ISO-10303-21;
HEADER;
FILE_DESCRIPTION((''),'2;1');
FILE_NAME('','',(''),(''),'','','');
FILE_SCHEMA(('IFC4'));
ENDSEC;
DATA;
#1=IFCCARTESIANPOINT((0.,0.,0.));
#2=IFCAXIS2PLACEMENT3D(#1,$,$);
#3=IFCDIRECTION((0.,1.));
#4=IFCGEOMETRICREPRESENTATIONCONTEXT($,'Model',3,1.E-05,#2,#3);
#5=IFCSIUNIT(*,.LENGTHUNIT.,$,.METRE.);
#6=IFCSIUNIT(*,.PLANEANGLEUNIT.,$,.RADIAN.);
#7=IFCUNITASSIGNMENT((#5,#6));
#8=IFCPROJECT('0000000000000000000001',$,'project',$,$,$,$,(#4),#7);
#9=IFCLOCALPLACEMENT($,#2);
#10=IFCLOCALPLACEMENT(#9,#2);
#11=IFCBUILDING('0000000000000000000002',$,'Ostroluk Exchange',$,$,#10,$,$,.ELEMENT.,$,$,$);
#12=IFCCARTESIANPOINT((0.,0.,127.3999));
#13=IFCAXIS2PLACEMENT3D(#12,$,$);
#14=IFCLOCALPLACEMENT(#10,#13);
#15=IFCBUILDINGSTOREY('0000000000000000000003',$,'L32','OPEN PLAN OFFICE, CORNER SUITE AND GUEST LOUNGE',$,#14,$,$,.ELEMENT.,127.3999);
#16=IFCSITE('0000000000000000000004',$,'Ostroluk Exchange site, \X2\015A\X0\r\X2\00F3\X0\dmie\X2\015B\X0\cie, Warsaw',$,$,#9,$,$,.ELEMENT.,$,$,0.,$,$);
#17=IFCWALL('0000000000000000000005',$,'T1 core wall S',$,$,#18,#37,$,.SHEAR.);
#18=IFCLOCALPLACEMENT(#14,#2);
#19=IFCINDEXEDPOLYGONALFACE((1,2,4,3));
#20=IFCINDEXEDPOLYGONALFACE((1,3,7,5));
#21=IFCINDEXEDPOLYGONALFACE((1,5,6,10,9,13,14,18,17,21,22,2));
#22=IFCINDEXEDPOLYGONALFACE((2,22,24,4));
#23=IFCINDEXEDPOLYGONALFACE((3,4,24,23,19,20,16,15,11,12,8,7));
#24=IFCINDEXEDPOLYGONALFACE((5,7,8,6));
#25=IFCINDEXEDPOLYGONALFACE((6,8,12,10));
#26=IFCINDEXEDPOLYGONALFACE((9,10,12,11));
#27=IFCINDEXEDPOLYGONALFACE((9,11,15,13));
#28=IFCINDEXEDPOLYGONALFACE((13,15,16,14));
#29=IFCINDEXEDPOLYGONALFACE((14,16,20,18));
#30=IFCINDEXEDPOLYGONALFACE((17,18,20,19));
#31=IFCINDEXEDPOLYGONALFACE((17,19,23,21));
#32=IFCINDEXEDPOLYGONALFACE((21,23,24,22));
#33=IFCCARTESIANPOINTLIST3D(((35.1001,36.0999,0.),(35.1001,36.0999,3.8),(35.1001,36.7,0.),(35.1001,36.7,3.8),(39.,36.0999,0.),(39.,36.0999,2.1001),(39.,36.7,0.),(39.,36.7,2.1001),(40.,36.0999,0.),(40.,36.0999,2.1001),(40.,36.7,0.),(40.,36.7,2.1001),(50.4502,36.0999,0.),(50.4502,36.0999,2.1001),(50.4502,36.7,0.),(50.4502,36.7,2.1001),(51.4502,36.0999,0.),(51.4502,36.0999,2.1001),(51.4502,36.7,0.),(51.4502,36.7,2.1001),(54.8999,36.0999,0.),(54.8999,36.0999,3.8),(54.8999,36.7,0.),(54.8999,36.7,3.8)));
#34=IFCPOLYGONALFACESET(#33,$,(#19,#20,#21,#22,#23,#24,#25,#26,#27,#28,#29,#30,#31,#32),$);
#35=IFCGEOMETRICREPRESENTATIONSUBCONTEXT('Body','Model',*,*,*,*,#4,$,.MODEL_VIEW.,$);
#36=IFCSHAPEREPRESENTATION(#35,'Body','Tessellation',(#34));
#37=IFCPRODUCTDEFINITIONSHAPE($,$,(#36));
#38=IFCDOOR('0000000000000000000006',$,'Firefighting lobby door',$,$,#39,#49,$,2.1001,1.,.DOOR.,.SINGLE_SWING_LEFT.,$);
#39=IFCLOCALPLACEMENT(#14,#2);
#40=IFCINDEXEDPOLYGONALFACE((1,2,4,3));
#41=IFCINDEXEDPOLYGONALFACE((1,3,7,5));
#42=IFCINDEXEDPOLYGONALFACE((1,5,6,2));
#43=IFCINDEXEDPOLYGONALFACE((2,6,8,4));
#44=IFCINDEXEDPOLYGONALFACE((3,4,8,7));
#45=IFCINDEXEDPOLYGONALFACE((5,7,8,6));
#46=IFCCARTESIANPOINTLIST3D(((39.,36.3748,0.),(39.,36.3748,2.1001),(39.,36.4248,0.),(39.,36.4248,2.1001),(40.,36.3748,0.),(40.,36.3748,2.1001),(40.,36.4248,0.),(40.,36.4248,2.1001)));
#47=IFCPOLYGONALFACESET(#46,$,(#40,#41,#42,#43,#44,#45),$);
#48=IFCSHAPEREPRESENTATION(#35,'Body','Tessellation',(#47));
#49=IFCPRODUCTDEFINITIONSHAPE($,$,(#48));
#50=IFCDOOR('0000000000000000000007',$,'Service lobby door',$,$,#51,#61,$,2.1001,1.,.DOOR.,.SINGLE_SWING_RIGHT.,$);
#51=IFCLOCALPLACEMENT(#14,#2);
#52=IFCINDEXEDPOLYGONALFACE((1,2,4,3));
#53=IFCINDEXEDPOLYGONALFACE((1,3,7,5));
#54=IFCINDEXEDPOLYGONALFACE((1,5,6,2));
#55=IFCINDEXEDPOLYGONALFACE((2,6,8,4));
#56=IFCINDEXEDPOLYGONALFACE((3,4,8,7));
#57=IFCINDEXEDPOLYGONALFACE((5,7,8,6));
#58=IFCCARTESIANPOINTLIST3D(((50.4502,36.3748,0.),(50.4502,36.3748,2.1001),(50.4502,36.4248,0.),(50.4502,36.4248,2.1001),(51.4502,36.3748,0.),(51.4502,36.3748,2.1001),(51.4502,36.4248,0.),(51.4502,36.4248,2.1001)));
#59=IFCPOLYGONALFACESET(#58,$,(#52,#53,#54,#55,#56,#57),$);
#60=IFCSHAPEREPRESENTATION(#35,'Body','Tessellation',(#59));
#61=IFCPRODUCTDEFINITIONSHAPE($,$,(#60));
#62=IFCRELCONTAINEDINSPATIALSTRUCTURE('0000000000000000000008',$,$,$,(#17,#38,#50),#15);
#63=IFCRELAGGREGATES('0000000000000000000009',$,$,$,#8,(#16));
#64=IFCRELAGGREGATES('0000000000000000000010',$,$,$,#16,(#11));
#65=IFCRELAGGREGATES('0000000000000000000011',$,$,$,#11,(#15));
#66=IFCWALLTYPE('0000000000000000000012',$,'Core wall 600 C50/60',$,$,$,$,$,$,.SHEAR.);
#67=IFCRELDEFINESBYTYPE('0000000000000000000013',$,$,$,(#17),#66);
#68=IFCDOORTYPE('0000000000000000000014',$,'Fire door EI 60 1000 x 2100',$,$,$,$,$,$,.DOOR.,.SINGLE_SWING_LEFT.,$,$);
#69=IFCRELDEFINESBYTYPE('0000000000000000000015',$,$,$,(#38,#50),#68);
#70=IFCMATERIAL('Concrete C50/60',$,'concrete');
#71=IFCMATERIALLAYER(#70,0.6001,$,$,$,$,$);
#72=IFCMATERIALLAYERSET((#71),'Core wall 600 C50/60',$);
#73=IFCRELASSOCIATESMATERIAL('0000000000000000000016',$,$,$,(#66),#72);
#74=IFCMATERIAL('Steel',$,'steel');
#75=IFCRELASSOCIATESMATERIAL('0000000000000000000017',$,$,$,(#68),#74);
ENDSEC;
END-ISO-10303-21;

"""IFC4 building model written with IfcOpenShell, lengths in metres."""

from ifc_helpers import new_model, si_unit, direction, frame, frame_2d, origin, place, context, subcontext, project, spatial, rectangle, extrude, material, layer, layer_set, type_object, element, fill, save


model = new_model("IFC4")

# Units and contexts
model_context = context("Model", 3, precision=1e-05, world=origin(), true_north=direction((0.0, 1.0)))
body_context = subcontext(model_context, "Body", "Model", "MODEL_VIEW")
ifc_project = project(units=[si_unit("LENGTHUNIT", "METRE"), si_unit("PLANEANGLEUNIT", "RADIAN")], contexts=[model_context])

# Site, building, storey
site_placement = place(None, origin())
site = spatial("IfcSite", under=ifc_project, at=site_placement, Name="Ostroluk Exchange site, Śródmieście, Warsaw", CompositionType="ELEMENT", RefElevation=0.0)
building_placement = place(site_placement, origin())
building = spatial("IfcBuilding", under=site, at=building_placement, Name="Ostroluk Exchange", CompositionType="ELEMENT")
storey_placement = place(building_placement, frame((0.0, 0.0, 127.3999)))
storey = spatial("IfcBuildingStorey", under=building, at=storey_placement, Name="L32", Description="OPEN PLAN OFFICE, CORNER SUITE AND GUEST LOUNGE", CompositionType="ELEMENT", Elevation=127.3999)

# Wall, openings, doors
ifc_material_1 = material(Name="Concrete C50/60", Category="concrete")
ifc_layer_1 = layer(ifc_material_1, 0.6001)
ifc_layer_set_1 = layer_set([ifc_layer_1], Name="Core wall 600 C50/60")
wall_type_1 = type_object("IfcWallType", Name="Core wall 600 C50/60", PredefinedType="SHEAR", material=ifc_layer_set_1)
wall_1_placement = place(storey_placement, frame((35.1001, 36.3999, 0.0), z_axis=(0.0, 0.0, 1.0), x_axis=(1.0, 0.0, 0.0)))
wall_1 = element("IfcWall", 1, at=wall_1_placement, inside=storey, type_object=wall_type_1, Name="T1 core wall S", PredefinedType="SHEAR", context=body_context, shape_type="SweptSolid", body=[
    extrude(rectangle(XDim=19.7998, YDim=0.6001, at=frame_2d((9.8999, 0.0))), origin(), (0.0, 0.0, 1.0), 3.8),
])
opening_1_placement = place(wall_1_placement, frame((3.8999, 0.0, 0.0)))
opening_1 = element("IfcOpeningElement", 2, at=opening_1_placement, cuts=wall_1, PredefinedType="OPENING", context=body_context, shape_type="SweptSolid", body=[
    extrude(rectangle(XDim=1.0, YDim=2.1001, at=frame_2d((0.5, 1.05))), frame((0.0, 0.3101, 0.0), z_axis=(0.0, -1.0, 0.0), x_axis=(1.0, 0.0, 0.0)), (0.0, 0.0, 1.0), 0.6201),
])
opening_2_placement = place(wall_1_placement, frame((15.3501, 0.0, 0.0)))
opening_2 = element("IfcOpeningElement", 3, at=opening_2_placement, cuts=wall_1, PredefinedType="OPENING", context=body_context, shape_type="SweptSolid", body=[
    extrude(rectangle(XDim=1.0, YDim=2.1001, at=frame_2d((0.5, 1.05))), frame((0.0, 0.3101, 0.0), z_axis=(0.0, -1.0, 0.0), x_axis=(1.0, 0.0, 0.0)), (0.0, 0.0, 1.0), 0.6201),
])
ifc_material_2 = material(Name="Steel", Category="steel")
door_type_1 = type_object("IfcDoorType", Name="Fire door EI 60 1000 x 2100", OperationType="SINGLE_SWING_LEFT", PredefinedType="DOOR", material=ifc_material_2)
door_1_placement = place(opening_1_placement, origin())
door_1 = element("IfcDoor", 4, at=door_1_placement, inside=storey, type_object=door_type_1, Name="Firefighting lobby door", OperationType="SINGLE_SWING_LEFT", OverallHeight=2.1001, OverallWidth=1.0, PredefinedType="DOOR", context=body_context, shape_type="SweptSolid", body=[
    extrude(rectangle(XDim=1.0, YDim=2.1001, at=frame_2d((0.5, 1.05))), frame((0.0, 0.0249, 0.0), z_axis=(0.0, -1.0, 0.0), x_axis=(1.0, 0.0, 0.0)), (0.0, 0.0, 1.0), 0.05),
])
fill(opening_1, door_1)
door_2_placement = place(opening_2_placement, origin())
door_2 = element("IfcDoor", 5, at=door_2_placement, inside=storey, type_object=door_type_1, Name="Service lobby door", OperationType="SINGLE_SWING_RIGHT", OverallHeight=2.1001, OverallWidth=1.0, PredefinedType="DOOR", context=body_context, shape_type="SweptSolid", body=[
    extrude(rectangle(XDim=1.0, YDim=2.1001, at=frame_2d((0.5, 1.05))), frame((0.0, 0.0249, 0.0), z_axis=(0.0, -1.0, 0.0), x_axis=(1.0, 0.0, 0.0)), (0.0, 0.0, 1.0), 0.05),
])
fill(opening_2, door_2)

save(model, "model.ifc")
